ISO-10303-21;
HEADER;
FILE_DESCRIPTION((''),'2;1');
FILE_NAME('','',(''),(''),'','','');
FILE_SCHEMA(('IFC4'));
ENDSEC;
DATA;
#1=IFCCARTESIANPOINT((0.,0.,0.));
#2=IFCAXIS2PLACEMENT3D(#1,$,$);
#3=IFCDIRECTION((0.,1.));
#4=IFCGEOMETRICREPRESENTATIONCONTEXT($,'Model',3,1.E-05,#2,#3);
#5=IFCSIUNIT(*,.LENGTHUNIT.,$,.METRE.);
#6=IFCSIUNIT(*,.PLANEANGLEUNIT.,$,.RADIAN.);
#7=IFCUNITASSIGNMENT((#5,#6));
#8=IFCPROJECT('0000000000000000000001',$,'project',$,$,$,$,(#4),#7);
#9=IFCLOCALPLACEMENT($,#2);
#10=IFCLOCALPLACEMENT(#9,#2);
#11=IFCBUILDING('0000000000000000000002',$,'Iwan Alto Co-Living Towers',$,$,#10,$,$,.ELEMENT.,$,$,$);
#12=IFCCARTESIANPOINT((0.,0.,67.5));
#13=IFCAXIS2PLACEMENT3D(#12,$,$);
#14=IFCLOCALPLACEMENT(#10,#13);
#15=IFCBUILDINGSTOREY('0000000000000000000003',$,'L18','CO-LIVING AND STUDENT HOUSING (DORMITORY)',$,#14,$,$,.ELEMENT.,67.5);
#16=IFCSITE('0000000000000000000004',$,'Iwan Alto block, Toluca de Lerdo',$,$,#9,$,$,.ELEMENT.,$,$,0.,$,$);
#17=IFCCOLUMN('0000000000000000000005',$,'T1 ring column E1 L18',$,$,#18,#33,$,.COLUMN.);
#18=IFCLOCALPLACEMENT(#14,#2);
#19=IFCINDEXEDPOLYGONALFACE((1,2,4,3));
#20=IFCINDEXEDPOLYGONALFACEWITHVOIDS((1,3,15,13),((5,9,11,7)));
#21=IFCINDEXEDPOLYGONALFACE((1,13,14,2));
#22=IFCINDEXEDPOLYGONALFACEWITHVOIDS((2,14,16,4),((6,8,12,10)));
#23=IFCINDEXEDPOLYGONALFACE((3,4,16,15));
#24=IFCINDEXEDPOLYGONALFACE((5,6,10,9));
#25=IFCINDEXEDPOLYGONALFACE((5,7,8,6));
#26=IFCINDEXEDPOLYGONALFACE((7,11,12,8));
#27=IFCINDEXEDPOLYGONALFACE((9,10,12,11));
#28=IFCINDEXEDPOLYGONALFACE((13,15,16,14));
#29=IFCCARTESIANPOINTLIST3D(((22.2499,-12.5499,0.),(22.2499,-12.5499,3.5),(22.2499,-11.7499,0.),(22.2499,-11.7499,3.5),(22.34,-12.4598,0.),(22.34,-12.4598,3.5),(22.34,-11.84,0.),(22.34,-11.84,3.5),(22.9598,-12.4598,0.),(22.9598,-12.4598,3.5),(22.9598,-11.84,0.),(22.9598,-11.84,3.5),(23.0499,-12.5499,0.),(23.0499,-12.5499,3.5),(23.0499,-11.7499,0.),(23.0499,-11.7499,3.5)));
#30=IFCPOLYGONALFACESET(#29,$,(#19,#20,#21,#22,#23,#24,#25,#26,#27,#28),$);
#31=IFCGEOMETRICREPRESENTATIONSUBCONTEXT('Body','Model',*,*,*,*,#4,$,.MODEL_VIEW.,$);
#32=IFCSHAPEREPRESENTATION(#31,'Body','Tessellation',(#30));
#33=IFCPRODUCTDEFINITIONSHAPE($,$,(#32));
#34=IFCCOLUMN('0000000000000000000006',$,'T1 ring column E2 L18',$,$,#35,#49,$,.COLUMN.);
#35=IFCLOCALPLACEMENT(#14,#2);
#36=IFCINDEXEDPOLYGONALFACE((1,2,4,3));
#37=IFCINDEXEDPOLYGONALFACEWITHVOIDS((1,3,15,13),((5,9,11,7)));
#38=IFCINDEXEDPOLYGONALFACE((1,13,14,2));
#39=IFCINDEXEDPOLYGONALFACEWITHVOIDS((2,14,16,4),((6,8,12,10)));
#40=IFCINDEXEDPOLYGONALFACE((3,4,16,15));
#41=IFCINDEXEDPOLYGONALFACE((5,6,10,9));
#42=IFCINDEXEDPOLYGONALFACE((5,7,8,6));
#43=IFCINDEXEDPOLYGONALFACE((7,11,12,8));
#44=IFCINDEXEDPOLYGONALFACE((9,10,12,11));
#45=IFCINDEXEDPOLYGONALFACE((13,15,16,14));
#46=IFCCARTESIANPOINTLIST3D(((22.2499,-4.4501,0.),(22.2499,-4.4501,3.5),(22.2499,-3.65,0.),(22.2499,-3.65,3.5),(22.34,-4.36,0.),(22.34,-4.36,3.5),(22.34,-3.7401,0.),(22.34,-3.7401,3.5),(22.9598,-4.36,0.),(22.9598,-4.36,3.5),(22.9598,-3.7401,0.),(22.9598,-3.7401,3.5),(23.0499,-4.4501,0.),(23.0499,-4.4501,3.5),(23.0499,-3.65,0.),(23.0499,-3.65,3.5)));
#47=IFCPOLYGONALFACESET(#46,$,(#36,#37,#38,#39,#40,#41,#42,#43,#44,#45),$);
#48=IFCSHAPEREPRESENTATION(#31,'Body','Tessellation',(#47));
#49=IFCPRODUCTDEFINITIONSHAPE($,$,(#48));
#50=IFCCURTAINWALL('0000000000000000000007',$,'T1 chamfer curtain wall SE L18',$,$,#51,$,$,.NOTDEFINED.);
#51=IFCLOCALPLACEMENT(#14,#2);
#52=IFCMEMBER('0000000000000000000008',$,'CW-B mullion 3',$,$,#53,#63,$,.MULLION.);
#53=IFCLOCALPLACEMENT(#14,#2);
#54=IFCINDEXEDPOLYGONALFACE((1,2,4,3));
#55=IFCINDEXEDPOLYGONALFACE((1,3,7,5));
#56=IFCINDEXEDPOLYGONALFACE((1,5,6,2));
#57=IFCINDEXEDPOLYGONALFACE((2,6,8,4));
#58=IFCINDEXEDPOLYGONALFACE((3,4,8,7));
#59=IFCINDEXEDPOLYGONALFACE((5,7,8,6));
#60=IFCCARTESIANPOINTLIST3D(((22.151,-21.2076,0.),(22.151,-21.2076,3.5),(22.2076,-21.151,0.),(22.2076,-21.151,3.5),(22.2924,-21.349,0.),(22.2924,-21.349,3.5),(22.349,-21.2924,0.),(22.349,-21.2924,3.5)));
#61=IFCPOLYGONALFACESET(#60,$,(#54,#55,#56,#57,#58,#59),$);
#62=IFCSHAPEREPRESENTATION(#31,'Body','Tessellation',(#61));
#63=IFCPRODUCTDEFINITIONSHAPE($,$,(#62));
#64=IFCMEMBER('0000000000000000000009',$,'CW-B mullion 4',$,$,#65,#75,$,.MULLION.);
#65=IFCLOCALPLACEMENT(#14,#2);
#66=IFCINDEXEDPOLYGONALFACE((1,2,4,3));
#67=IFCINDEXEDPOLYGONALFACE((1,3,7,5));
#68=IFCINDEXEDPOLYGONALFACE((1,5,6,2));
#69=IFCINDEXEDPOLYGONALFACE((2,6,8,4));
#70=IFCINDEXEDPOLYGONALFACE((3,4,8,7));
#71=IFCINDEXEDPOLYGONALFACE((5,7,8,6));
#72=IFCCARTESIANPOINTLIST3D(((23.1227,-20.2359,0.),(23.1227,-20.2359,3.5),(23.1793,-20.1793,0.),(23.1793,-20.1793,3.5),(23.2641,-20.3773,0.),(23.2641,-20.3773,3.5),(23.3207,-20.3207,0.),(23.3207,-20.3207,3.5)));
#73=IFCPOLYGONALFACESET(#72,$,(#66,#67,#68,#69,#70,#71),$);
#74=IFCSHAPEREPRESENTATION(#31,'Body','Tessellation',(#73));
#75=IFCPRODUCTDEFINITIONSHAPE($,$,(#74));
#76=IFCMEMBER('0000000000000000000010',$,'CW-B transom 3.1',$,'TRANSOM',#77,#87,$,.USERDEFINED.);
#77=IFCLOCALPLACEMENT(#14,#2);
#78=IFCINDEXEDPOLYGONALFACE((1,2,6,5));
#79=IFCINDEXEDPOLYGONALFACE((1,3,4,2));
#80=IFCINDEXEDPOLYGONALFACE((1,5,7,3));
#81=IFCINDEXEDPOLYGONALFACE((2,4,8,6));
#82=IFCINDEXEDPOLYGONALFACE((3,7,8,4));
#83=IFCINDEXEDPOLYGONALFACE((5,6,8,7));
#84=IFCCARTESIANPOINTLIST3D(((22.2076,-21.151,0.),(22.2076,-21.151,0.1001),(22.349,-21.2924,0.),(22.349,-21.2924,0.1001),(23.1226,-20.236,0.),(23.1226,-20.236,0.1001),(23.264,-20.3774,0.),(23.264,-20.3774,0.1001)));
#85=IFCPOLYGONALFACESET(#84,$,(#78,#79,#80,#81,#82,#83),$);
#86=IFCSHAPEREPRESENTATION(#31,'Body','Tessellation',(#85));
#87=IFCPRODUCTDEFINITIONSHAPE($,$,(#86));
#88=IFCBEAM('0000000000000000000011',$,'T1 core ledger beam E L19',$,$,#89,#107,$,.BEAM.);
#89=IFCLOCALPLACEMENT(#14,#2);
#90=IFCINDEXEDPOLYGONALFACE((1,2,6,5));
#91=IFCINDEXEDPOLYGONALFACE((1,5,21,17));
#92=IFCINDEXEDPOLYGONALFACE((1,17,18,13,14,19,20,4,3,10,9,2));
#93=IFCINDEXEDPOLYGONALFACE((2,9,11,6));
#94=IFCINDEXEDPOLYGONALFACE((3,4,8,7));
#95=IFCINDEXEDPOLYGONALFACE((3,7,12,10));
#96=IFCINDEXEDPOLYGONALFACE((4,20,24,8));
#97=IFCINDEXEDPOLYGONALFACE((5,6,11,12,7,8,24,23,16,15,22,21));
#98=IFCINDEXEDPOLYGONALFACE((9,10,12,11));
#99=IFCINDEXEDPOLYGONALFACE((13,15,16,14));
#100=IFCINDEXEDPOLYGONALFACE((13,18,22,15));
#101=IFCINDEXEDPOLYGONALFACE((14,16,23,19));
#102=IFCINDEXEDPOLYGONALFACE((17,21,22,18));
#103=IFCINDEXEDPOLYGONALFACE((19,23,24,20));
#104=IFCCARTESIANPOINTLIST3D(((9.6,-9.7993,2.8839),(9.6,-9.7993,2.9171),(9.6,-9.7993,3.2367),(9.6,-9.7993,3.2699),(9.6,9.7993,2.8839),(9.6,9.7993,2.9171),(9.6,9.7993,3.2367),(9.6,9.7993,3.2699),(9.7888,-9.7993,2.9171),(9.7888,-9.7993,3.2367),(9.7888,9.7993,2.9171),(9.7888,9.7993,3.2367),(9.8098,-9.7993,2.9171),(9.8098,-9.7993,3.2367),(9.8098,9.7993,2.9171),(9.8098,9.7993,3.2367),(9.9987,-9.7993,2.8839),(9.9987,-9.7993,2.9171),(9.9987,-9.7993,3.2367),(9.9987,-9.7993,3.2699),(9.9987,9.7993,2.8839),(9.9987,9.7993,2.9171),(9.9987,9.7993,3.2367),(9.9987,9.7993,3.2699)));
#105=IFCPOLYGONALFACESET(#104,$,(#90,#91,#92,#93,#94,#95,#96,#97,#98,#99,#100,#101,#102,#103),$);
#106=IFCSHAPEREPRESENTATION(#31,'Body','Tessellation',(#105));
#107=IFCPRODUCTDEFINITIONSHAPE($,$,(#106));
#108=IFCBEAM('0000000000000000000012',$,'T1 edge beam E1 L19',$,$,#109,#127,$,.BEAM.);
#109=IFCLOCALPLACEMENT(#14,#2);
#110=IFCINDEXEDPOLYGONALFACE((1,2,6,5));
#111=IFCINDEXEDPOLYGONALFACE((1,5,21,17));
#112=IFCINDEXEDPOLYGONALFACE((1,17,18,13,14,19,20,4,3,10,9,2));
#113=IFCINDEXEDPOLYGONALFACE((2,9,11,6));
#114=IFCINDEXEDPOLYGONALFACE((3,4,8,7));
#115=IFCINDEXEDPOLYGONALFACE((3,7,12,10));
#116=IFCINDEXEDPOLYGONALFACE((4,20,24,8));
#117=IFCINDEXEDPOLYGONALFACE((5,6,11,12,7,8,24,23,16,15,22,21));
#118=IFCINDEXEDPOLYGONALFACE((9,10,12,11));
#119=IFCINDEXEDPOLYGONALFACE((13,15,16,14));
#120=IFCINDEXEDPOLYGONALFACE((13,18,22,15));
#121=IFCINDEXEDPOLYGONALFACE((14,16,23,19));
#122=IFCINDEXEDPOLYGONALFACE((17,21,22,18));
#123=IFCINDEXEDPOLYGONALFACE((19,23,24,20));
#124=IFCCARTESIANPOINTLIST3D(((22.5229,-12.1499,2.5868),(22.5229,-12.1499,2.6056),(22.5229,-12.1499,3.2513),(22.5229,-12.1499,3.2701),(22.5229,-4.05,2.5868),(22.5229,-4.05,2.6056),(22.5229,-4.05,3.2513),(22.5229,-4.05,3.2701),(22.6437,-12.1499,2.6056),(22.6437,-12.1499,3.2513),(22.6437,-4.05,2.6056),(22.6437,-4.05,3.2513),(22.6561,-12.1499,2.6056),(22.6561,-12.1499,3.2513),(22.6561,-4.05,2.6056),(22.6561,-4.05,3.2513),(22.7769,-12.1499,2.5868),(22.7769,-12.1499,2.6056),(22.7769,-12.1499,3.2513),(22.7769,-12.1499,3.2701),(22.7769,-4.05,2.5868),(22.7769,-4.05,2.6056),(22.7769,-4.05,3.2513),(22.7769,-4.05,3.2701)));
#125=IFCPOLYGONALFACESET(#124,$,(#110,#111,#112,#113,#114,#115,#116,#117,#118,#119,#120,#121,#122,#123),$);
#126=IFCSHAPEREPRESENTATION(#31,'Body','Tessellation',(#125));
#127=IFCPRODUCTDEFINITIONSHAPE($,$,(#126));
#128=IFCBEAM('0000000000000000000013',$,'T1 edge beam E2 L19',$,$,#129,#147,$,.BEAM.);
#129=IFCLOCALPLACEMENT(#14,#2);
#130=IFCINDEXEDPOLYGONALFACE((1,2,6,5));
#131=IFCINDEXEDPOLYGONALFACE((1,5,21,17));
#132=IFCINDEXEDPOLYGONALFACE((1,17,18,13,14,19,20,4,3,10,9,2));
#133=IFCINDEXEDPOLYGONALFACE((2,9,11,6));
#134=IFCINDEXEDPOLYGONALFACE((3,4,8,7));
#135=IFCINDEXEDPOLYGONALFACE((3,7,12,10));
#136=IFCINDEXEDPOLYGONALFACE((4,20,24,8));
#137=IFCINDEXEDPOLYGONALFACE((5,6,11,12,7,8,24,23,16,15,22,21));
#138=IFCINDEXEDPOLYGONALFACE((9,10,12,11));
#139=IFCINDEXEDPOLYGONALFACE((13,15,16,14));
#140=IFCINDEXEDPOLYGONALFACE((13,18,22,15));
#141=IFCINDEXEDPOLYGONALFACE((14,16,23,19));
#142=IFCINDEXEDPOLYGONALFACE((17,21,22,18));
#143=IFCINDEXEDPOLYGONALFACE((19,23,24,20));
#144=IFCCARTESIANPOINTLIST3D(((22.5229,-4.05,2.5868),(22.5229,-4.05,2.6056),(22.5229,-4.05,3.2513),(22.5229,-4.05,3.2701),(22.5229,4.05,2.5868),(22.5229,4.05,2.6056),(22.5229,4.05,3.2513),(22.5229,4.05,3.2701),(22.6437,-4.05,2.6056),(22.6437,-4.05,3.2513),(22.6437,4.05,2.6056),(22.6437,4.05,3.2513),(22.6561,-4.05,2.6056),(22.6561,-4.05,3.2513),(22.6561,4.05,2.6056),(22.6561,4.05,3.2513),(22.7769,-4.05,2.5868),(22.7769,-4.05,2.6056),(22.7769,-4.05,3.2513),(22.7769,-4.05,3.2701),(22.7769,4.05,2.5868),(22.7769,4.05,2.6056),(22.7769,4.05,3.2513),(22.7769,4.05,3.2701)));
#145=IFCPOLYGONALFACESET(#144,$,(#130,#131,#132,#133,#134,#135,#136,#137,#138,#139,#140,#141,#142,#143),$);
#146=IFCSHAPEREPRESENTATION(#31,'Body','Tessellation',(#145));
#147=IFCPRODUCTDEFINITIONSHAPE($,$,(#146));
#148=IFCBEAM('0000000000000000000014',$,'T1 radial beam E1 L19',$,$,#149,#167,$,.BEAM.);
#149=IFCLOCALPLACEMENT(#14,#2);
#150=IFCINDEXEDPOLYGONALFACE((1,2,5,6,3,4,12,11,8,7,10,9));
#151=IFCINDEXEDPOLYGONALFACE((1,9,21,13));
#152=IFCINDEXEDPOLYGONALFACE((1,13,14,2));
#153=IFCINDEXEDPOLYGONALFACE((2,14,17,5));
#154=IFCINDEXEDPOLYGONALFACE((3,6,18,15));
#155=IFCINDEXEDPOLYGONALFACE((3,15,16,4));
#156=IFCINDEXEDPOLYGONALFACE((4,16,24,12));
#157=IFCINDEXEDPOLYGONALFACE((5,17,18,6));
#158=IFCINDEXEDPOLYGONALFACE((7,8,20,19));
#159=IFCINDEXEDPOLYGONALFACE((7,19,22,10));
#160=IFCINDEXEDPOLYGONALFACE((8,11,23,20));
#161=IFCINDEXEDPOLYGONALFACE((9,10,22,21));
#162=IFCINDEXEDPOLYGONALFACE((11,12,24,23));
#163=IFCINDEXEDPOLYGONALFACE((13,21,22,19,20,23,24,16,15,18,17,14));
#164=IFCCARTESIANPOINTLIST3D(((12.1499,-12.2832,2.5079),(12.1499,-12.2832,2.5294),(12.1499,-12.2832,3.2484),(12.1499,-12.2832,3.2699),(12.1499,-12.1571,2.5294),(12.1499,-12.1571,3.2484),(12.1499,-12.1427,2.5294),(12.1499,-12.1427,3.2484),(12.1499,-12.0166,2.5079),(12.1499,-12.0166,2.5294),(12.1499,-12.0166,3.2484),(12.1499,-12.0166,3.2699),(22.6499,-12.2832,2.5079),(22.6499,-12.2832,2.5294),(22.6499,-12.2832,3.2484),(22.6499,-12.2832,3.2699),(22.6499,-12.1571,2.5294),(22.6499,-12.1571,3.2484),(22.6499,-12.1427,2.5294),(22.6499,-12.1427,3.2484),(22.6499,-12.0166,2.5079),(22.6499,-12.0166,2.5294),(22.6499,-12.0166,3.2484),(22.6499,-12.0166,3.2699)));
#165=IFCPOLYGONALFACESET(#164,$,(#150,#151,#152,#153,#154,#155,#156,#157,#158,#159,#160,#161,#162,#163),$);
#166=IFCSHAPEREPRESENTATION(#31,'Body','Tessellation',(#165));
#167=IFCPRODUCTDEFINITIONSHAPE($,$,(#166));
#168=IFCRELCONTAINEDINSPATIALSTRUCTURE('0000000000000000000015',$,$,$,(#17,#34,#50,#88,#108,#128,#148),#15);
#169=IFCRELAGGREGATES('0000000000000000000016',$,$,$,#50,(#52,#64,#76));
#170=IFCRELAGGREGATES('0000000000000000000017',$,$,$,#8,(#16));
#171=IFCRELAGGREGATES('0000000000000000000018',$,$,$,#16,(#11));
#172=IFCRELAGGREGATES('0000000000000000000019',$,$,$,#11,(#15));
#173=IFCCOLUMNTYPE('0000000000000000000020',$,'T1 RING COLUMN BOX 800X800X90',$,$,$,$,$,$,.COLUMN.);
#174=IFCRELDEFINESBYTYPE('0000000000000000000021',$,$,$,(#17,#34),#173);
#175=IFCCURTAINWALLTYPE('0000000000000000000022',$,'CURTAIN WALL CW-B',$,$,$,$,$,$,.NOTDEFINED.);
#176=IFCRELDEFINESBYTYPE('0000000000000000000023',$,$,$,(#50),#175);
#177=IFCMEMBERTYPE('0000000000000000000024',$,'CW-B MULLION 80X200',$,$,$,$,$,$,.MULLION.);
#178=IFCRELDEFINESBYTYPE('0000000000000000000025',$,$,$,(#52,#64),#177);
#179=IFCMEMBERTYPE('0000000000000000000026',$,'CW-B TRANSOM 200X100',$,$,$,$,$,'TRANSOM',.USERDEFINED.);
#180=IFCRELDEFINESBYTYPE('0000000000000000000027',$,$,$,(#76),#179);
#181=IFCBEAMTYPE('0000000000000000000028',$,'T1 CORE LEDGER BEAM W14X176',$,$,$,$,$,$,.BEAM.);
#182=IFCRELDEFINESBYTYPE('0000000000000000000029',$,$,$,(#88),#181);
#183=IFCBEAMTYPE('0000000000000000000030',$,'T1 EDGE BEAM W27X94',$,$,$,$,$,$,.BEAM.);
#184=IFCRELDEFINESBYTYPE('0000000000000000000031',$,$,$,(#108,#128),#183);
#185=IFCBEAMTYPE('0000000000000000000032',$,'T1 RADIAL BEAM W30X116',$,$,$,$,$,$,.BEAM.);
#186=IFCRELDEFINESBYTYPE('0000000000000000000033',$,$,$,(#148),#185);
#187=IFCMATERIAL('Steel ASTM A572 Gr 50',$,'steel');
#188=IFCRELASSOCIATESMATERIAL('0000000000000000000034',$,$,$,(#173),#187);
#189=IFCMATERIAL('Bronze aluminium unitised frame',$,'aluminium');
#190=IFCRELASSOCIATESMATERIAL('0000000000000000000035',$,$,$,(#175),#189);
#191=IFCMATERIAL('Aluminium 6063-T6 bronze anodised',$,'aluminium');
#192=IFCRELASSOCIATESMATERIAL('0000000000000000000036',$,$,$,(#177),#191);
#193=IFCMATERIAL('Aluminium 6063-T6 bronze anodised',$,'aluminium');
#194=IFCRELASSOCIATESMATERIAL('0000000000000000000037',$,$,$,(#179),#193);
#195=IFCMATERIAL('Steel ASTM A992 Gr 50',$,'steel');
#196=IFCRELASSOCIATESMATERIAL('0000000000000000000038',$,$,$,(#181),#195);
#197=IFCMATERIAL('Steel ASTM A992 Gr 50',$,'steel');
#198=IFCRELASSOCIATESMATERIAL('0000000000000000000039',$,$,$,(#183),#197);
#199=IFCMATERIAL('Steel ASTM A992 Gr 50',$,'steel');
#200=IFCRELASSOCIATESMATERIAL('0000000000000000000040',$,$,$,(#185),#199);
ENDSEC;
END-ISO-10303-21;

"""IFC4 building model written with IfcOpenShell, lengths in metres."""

from ifc_helpers import new_model, si_unit, direction, frame, origin, origin_2d, place, context, subcontext, project, spatial, rectangle, hollow_rectangle, i_section, extrude, material, material_profile, profile_set, type_object, element, aggregate, save


model = new_model("IFC4")

# Units and contexts
model_context = context("Model", 3, precision=1e-05, world=origin(), true_north=direction((0.0, 1.0)))
body_context = subcontext(model_context, "Body", "Model", "MODEL_VIEW")
ifc_project = project(units=[si_unit("LENGTHUNIT", "METRE"), si_unit("PLANEANGLEUNIT", "RADIAN")], contexts=[model_context])

# Site, building, storey
site_placement = place(None, origin())
site = spatial("IfcSite", under=ifc_project, at=site_placement, Name="Iwan Alto block, Toluca de Lerdo", CompositionType="ELEMENT", RefElevation=0.0)
building_placement = place(site_placement, origin())
building = spatial("IfcBuilding", under=site, at=building_placement, Name="Iwan Alto Co-Living Towers", CompositionType="ELEMENT")
storey_placement = place(building_placement, frame((0.0, 0.0, 67.5)))
storey = spatial("IfcBuildingStorey", under=building, at=storey_placement, Name="L18", Description="CO-LIVING AND STUDENT HOUSING (DORMITORY)", CompositionType="ELEMENT", Elevation=67.5)

# Columns
ifc_material_1 = material(Name="Steel ASTM A572 Gr 50", Category="steel")
ifc_material_profile_1 = material_profile(ifc_material_1, hollow_rectangle(XDim=0.8, YDim=0.8, WallThickness=0.0901, at=origin_2d()), Name="BOX 800X800X90")
ifc_profile_set_1 = profile_set([ifc_material_profile_1], Name="Steel ASTM A572 Gr 50")
column_type = type_object("IfcColumnType", Name="T1 RING COLUMN BOX 800X800X90", PredefinedType="COLUMN", material=ifc_profile_set_1)
for number, where, z_axis, x_axis, name in (
    (1, (22.6499, -12.1499, 0.0), (0.0, 0.0, 1.0), (1.0, 0.0, 0.0), "T1 ring column E1 L18"),
    (2, (22.6499, -4.05, 0.0), (0.0, 0.0, 1.0), (1.0, 0.0, 0.0), "T1 ring column E2 L18"),
):
    element("IfcColumn", number, at=place(storey_placement, frame(where, z_axis=z_axis, x_axis=x_axis)), inside=storey, type_object=column_type, Name=name, PredefinedType="COLUMN", context=body_context, shape_type="SweptSolid", body=[
        extrude(hollow_rectangle(XDim=0.8, YDim=0.8, WallThickness=0.0901, at=origin_2d()), origin(), (0.0, 0.0, 1.0), 3.5),
    ])

# Curtain wall, members
ifc_material_2 = material(Name="Bronze aluminium unitised frame", Category="aluminium")
curtain_wall_type = type_object("IfcCurtainWallType", Name="CURTAIN WALL CW-B", PredefinedType="NOTDEFINED", material=ifc_material_2)
curtain_wall_placement = place(storey_placement, origin())
curtain_wall = element("IfcCurtainWall", 3, at=curtain_wall_placement, inside=storey, type_object=curtain_wall_type, Name="T1 chamfer curtain wall SE L18", PredefinedType="NOTDEFINED")
ifc_material_3 = material(Name="Aluminium 6063-T6 bronze anodised", Category="aluminium")
ifc_material_profile_2 = material_profile(ifc_material_3, rectangle(XDim=0.2, YDim=0.0801, at=origin_2d()), Name="AL 80X200")
ifc_profile_set_2 = profile_set([ifc_material_profile_2], Name="Aluminium 6063-T6 bronze anodised")
member_type_1 = type_object("IfcMemberType", Name="CW-B MULLION 80X200", PredefinedType="MULLION", material=ifc_profile_set_2)
member_1_placement = place(storey_placement, frame((22.25, -21.25, 0.0), z_axis=(0.0, 0.0, 1.0), x_axis=(-0.707107, 0.707107, 0.0)))
member_1 = element("IfcMember", 4, at=member_1_placement, type_object=member_type_1, Name="CW-B mullion 3", PredefinedType="MULLION", context=body_context, shape_type="SweptSolid", body=[
    extrude(rectangle(XDim=0.2, YDim=0.0801, at=origin_2d()), origin(), (0.0, 0.0, 1.0), 3.5),
])
member_2_placement = place(storey_placement, frame((23.2217, -20.2783, 0.0), z_axis=(0.0, 0.0, 1.0), x_axis=(-0.707107, 0.707107, 0.0)))
member_2 = element("IfcMember", 5, at=member_2_placement, type_object=member_type_1, Name="CW-B mullion 4", PredefinedType="MULLION", context=body_context, shape_type="SweptSolid", body=[
    extrude(rectangle(XDim=0.2, YDim=0.0801, at=origin_2d()), origin(), (0.0, 0.0, 1.0), 3.5),
])
ifc_material_4 = material(Name="Aluminium 6063-T6 bronze anodised", Category="aluminium")
ifc_material_profile_3 = material_profile(ifc_material_4, rectangle(XDim=0.2, YDim=0.1001, at=origin_2d()), Name="AL 200X100")
ifc_profile_set_3 = profile_set([ifc_material_profile_3], Name="Aluminium 6063-T6 bronze anodised")
member_type_2 = type_object("IfcMemberType", Name="CW-B TRANSOM 200X100", ElementType="TRANSOM", PredefinedType="USERDEFINED", material=ifc_profile_set_3)
member_3_placement = place(storey_placement, frame((22.2783, -21.2217, 0.05), z_axis=(0.707107, 0.707107, 0.0), x_axis=(-0.707107, 0.707107, 0.0)))
member_3 = element("IfcMember", 6, at=member_3_placement, type_object=member_type_2, Name="CW-B transom 3.1", ObjectType="TRANSOM", PredefinedType="USERDEFINED", context=body_context, shape_type="SweptSolid", body=[
    extrude(rectangle(XDim=0.2, YDim=0.1001, at=origin_2d()), origin(), (0.0, 0.0, 1.0), 1.2939),
])

# Beams
ifc_material_5 = material(Name="Steel ASTM A992 Gr 50", Category="steel")
ifc_material_profile_4 = material_profile(ifc_material_5, i_section(OverallWidth=0.3987, OverallDepth=0.386, WebThickness=0.021, FlangeThickness=0.0332, at=origin_2d()), Name="W14X176")
ifc_profile_set_4 = profile_set([ifc_material_profile_4], Name="Steel ASTM A992 Gr 50")
beam_type_1 = type_object("IfcBeamType", Name="T1 CORE LEDGER BEAM W14X176", PredefinedType="BEAM", material=ifc_profile_set_4)
beam_1_placement = place(storey_placement, frame((9.7993, -9.7993, 3.0769), z_axis=(0.0, 1.0, 0.0), x_axis=(-1.0, 0.0, 0.0)))
element("IfcBeam", 7, at=beam_1_placement, inside=storey, type_object=beam_type_1, Name="T1 core ledger beam E L19", PredefinedType="BEAM", context=body_context, shape_type="SweptSolid", body=[
    extrude(i_section(OverallWidth=0.3987, OverallDepth=0.386, WebThickness=0.021, FlangeThickness=0.0332, at=origin_2d()), origin(), (0.0, 0.0, 1.0), 19.5986),
])
ifc_material_6 = material(Name="Steel ASTM A992 Gr 50", Category="steel")
ifc_material_profile_5 = material_profile(ifc_material_6, i_section(OverallWidth=0.2539, OverallDepth=0.6833, WebThickness=0.0125, FlangeThickness=0.0188, at=origin_2d()), Name="W27X94")
ifc_profile_set_5 = profile_set([ifc_material_profile_5], Name="Steel ASTM A992 Gr 50")
beam_type_2 = type_object("IfcBeamType", Name="T1 EDGE BEAM W27X94", PredefinedType="BEAM", material=ifc_profile_set_5)
beam_2_placement = place(storey_placement, frame((22.6499, -12.1499, 2.9285), z_axis=(0.0, 1.0, 0.0), x_axis=(-1.0, 0.0, 0.0)))
element("IfcBeam", 8, at=beam_2_placement, inside=storey, type_object=beam_type_2, Name="T1 edge beam E1 L19", PredefinedType="BEAM", context=body_context, shape_type="SweptSolid", body=[
    extrude(i_section(OverallWidth=0.2539, OverallDepth=0.6833, WebThickness=0.0125, FlangeThickness=0.0188, at=origin_2d()), origin(), (0.0, 0.0, 1.0), 8.0999),
])
beam_3_placement = place(storey_placement, frame((22.6499, -4.05, 2.9285), z_axis=(0.0, 1.0, 0.0), x_axis=(-1.0, 0.0, 0.0)))
element("IfcBeam", 9, at=beam_3_placement, inside=storey, type_object=beam_type_2, Name="T1 edge beam E2 L19", PredefinedType="BEAM", context=body_context, shape_type="SweptSolid", body=[
    extrude(i_section(OverallWidth=0.2539, OverallDepth=0.6833, WebThickness=0.0125, FlangeThickness=0.0188, at=origin_2d()), origin(), (0.0, 0.0, 1.0), 8.1001),
])
ifc_material_7 = material(Name="Steel ASTM A992 Gr 50", Category="steel")
ifc_material_profile_6 = material_profile(ifc_material_7, i_section(OverallWidth=0.2666, OverallDepth=0.762, WebThickness=0.0144, FlangeThickness=0.0215, at=origin_2d()), Name="W30X116")
ifc_profile_set_6 = profile_set([ifc_material_profile_6], Name="Steel ASTM A992 Gr 50")
beam_type_3 = type_object("IfcBeamType", Name="T1 RADIAL BEAM W30X116", PredefinedType="BEAM", material=ifc_profile_set_6)
beam_4_placement = place(storey_placement, frame((22.6499, -12.1499, 2.8889), z_axis=(-1.0, 0.0, 0.0), x_axis=(0.0, -1.0, 0.0)))
element("IfcBeam", 10, at=beam_4_placement, inside=storey, type_object=beam_type_3, Name="T1 radial beam E1 L19", PredefinedType="BEAM", context=body_context, shape_type="SweptSolid", body=[
    extrude(i_section(OverallWidth=0.2666, OverallDepth=0.762, WebThickness=0.0144, FlangeThickness=0.0215, at=origin_2d()), origin(), (0.0, 0.0, 1.0), 10.5),
])

aggregate(curtain_wall, [member_1, member_2, member_3])

save(model, "model.ifc")
